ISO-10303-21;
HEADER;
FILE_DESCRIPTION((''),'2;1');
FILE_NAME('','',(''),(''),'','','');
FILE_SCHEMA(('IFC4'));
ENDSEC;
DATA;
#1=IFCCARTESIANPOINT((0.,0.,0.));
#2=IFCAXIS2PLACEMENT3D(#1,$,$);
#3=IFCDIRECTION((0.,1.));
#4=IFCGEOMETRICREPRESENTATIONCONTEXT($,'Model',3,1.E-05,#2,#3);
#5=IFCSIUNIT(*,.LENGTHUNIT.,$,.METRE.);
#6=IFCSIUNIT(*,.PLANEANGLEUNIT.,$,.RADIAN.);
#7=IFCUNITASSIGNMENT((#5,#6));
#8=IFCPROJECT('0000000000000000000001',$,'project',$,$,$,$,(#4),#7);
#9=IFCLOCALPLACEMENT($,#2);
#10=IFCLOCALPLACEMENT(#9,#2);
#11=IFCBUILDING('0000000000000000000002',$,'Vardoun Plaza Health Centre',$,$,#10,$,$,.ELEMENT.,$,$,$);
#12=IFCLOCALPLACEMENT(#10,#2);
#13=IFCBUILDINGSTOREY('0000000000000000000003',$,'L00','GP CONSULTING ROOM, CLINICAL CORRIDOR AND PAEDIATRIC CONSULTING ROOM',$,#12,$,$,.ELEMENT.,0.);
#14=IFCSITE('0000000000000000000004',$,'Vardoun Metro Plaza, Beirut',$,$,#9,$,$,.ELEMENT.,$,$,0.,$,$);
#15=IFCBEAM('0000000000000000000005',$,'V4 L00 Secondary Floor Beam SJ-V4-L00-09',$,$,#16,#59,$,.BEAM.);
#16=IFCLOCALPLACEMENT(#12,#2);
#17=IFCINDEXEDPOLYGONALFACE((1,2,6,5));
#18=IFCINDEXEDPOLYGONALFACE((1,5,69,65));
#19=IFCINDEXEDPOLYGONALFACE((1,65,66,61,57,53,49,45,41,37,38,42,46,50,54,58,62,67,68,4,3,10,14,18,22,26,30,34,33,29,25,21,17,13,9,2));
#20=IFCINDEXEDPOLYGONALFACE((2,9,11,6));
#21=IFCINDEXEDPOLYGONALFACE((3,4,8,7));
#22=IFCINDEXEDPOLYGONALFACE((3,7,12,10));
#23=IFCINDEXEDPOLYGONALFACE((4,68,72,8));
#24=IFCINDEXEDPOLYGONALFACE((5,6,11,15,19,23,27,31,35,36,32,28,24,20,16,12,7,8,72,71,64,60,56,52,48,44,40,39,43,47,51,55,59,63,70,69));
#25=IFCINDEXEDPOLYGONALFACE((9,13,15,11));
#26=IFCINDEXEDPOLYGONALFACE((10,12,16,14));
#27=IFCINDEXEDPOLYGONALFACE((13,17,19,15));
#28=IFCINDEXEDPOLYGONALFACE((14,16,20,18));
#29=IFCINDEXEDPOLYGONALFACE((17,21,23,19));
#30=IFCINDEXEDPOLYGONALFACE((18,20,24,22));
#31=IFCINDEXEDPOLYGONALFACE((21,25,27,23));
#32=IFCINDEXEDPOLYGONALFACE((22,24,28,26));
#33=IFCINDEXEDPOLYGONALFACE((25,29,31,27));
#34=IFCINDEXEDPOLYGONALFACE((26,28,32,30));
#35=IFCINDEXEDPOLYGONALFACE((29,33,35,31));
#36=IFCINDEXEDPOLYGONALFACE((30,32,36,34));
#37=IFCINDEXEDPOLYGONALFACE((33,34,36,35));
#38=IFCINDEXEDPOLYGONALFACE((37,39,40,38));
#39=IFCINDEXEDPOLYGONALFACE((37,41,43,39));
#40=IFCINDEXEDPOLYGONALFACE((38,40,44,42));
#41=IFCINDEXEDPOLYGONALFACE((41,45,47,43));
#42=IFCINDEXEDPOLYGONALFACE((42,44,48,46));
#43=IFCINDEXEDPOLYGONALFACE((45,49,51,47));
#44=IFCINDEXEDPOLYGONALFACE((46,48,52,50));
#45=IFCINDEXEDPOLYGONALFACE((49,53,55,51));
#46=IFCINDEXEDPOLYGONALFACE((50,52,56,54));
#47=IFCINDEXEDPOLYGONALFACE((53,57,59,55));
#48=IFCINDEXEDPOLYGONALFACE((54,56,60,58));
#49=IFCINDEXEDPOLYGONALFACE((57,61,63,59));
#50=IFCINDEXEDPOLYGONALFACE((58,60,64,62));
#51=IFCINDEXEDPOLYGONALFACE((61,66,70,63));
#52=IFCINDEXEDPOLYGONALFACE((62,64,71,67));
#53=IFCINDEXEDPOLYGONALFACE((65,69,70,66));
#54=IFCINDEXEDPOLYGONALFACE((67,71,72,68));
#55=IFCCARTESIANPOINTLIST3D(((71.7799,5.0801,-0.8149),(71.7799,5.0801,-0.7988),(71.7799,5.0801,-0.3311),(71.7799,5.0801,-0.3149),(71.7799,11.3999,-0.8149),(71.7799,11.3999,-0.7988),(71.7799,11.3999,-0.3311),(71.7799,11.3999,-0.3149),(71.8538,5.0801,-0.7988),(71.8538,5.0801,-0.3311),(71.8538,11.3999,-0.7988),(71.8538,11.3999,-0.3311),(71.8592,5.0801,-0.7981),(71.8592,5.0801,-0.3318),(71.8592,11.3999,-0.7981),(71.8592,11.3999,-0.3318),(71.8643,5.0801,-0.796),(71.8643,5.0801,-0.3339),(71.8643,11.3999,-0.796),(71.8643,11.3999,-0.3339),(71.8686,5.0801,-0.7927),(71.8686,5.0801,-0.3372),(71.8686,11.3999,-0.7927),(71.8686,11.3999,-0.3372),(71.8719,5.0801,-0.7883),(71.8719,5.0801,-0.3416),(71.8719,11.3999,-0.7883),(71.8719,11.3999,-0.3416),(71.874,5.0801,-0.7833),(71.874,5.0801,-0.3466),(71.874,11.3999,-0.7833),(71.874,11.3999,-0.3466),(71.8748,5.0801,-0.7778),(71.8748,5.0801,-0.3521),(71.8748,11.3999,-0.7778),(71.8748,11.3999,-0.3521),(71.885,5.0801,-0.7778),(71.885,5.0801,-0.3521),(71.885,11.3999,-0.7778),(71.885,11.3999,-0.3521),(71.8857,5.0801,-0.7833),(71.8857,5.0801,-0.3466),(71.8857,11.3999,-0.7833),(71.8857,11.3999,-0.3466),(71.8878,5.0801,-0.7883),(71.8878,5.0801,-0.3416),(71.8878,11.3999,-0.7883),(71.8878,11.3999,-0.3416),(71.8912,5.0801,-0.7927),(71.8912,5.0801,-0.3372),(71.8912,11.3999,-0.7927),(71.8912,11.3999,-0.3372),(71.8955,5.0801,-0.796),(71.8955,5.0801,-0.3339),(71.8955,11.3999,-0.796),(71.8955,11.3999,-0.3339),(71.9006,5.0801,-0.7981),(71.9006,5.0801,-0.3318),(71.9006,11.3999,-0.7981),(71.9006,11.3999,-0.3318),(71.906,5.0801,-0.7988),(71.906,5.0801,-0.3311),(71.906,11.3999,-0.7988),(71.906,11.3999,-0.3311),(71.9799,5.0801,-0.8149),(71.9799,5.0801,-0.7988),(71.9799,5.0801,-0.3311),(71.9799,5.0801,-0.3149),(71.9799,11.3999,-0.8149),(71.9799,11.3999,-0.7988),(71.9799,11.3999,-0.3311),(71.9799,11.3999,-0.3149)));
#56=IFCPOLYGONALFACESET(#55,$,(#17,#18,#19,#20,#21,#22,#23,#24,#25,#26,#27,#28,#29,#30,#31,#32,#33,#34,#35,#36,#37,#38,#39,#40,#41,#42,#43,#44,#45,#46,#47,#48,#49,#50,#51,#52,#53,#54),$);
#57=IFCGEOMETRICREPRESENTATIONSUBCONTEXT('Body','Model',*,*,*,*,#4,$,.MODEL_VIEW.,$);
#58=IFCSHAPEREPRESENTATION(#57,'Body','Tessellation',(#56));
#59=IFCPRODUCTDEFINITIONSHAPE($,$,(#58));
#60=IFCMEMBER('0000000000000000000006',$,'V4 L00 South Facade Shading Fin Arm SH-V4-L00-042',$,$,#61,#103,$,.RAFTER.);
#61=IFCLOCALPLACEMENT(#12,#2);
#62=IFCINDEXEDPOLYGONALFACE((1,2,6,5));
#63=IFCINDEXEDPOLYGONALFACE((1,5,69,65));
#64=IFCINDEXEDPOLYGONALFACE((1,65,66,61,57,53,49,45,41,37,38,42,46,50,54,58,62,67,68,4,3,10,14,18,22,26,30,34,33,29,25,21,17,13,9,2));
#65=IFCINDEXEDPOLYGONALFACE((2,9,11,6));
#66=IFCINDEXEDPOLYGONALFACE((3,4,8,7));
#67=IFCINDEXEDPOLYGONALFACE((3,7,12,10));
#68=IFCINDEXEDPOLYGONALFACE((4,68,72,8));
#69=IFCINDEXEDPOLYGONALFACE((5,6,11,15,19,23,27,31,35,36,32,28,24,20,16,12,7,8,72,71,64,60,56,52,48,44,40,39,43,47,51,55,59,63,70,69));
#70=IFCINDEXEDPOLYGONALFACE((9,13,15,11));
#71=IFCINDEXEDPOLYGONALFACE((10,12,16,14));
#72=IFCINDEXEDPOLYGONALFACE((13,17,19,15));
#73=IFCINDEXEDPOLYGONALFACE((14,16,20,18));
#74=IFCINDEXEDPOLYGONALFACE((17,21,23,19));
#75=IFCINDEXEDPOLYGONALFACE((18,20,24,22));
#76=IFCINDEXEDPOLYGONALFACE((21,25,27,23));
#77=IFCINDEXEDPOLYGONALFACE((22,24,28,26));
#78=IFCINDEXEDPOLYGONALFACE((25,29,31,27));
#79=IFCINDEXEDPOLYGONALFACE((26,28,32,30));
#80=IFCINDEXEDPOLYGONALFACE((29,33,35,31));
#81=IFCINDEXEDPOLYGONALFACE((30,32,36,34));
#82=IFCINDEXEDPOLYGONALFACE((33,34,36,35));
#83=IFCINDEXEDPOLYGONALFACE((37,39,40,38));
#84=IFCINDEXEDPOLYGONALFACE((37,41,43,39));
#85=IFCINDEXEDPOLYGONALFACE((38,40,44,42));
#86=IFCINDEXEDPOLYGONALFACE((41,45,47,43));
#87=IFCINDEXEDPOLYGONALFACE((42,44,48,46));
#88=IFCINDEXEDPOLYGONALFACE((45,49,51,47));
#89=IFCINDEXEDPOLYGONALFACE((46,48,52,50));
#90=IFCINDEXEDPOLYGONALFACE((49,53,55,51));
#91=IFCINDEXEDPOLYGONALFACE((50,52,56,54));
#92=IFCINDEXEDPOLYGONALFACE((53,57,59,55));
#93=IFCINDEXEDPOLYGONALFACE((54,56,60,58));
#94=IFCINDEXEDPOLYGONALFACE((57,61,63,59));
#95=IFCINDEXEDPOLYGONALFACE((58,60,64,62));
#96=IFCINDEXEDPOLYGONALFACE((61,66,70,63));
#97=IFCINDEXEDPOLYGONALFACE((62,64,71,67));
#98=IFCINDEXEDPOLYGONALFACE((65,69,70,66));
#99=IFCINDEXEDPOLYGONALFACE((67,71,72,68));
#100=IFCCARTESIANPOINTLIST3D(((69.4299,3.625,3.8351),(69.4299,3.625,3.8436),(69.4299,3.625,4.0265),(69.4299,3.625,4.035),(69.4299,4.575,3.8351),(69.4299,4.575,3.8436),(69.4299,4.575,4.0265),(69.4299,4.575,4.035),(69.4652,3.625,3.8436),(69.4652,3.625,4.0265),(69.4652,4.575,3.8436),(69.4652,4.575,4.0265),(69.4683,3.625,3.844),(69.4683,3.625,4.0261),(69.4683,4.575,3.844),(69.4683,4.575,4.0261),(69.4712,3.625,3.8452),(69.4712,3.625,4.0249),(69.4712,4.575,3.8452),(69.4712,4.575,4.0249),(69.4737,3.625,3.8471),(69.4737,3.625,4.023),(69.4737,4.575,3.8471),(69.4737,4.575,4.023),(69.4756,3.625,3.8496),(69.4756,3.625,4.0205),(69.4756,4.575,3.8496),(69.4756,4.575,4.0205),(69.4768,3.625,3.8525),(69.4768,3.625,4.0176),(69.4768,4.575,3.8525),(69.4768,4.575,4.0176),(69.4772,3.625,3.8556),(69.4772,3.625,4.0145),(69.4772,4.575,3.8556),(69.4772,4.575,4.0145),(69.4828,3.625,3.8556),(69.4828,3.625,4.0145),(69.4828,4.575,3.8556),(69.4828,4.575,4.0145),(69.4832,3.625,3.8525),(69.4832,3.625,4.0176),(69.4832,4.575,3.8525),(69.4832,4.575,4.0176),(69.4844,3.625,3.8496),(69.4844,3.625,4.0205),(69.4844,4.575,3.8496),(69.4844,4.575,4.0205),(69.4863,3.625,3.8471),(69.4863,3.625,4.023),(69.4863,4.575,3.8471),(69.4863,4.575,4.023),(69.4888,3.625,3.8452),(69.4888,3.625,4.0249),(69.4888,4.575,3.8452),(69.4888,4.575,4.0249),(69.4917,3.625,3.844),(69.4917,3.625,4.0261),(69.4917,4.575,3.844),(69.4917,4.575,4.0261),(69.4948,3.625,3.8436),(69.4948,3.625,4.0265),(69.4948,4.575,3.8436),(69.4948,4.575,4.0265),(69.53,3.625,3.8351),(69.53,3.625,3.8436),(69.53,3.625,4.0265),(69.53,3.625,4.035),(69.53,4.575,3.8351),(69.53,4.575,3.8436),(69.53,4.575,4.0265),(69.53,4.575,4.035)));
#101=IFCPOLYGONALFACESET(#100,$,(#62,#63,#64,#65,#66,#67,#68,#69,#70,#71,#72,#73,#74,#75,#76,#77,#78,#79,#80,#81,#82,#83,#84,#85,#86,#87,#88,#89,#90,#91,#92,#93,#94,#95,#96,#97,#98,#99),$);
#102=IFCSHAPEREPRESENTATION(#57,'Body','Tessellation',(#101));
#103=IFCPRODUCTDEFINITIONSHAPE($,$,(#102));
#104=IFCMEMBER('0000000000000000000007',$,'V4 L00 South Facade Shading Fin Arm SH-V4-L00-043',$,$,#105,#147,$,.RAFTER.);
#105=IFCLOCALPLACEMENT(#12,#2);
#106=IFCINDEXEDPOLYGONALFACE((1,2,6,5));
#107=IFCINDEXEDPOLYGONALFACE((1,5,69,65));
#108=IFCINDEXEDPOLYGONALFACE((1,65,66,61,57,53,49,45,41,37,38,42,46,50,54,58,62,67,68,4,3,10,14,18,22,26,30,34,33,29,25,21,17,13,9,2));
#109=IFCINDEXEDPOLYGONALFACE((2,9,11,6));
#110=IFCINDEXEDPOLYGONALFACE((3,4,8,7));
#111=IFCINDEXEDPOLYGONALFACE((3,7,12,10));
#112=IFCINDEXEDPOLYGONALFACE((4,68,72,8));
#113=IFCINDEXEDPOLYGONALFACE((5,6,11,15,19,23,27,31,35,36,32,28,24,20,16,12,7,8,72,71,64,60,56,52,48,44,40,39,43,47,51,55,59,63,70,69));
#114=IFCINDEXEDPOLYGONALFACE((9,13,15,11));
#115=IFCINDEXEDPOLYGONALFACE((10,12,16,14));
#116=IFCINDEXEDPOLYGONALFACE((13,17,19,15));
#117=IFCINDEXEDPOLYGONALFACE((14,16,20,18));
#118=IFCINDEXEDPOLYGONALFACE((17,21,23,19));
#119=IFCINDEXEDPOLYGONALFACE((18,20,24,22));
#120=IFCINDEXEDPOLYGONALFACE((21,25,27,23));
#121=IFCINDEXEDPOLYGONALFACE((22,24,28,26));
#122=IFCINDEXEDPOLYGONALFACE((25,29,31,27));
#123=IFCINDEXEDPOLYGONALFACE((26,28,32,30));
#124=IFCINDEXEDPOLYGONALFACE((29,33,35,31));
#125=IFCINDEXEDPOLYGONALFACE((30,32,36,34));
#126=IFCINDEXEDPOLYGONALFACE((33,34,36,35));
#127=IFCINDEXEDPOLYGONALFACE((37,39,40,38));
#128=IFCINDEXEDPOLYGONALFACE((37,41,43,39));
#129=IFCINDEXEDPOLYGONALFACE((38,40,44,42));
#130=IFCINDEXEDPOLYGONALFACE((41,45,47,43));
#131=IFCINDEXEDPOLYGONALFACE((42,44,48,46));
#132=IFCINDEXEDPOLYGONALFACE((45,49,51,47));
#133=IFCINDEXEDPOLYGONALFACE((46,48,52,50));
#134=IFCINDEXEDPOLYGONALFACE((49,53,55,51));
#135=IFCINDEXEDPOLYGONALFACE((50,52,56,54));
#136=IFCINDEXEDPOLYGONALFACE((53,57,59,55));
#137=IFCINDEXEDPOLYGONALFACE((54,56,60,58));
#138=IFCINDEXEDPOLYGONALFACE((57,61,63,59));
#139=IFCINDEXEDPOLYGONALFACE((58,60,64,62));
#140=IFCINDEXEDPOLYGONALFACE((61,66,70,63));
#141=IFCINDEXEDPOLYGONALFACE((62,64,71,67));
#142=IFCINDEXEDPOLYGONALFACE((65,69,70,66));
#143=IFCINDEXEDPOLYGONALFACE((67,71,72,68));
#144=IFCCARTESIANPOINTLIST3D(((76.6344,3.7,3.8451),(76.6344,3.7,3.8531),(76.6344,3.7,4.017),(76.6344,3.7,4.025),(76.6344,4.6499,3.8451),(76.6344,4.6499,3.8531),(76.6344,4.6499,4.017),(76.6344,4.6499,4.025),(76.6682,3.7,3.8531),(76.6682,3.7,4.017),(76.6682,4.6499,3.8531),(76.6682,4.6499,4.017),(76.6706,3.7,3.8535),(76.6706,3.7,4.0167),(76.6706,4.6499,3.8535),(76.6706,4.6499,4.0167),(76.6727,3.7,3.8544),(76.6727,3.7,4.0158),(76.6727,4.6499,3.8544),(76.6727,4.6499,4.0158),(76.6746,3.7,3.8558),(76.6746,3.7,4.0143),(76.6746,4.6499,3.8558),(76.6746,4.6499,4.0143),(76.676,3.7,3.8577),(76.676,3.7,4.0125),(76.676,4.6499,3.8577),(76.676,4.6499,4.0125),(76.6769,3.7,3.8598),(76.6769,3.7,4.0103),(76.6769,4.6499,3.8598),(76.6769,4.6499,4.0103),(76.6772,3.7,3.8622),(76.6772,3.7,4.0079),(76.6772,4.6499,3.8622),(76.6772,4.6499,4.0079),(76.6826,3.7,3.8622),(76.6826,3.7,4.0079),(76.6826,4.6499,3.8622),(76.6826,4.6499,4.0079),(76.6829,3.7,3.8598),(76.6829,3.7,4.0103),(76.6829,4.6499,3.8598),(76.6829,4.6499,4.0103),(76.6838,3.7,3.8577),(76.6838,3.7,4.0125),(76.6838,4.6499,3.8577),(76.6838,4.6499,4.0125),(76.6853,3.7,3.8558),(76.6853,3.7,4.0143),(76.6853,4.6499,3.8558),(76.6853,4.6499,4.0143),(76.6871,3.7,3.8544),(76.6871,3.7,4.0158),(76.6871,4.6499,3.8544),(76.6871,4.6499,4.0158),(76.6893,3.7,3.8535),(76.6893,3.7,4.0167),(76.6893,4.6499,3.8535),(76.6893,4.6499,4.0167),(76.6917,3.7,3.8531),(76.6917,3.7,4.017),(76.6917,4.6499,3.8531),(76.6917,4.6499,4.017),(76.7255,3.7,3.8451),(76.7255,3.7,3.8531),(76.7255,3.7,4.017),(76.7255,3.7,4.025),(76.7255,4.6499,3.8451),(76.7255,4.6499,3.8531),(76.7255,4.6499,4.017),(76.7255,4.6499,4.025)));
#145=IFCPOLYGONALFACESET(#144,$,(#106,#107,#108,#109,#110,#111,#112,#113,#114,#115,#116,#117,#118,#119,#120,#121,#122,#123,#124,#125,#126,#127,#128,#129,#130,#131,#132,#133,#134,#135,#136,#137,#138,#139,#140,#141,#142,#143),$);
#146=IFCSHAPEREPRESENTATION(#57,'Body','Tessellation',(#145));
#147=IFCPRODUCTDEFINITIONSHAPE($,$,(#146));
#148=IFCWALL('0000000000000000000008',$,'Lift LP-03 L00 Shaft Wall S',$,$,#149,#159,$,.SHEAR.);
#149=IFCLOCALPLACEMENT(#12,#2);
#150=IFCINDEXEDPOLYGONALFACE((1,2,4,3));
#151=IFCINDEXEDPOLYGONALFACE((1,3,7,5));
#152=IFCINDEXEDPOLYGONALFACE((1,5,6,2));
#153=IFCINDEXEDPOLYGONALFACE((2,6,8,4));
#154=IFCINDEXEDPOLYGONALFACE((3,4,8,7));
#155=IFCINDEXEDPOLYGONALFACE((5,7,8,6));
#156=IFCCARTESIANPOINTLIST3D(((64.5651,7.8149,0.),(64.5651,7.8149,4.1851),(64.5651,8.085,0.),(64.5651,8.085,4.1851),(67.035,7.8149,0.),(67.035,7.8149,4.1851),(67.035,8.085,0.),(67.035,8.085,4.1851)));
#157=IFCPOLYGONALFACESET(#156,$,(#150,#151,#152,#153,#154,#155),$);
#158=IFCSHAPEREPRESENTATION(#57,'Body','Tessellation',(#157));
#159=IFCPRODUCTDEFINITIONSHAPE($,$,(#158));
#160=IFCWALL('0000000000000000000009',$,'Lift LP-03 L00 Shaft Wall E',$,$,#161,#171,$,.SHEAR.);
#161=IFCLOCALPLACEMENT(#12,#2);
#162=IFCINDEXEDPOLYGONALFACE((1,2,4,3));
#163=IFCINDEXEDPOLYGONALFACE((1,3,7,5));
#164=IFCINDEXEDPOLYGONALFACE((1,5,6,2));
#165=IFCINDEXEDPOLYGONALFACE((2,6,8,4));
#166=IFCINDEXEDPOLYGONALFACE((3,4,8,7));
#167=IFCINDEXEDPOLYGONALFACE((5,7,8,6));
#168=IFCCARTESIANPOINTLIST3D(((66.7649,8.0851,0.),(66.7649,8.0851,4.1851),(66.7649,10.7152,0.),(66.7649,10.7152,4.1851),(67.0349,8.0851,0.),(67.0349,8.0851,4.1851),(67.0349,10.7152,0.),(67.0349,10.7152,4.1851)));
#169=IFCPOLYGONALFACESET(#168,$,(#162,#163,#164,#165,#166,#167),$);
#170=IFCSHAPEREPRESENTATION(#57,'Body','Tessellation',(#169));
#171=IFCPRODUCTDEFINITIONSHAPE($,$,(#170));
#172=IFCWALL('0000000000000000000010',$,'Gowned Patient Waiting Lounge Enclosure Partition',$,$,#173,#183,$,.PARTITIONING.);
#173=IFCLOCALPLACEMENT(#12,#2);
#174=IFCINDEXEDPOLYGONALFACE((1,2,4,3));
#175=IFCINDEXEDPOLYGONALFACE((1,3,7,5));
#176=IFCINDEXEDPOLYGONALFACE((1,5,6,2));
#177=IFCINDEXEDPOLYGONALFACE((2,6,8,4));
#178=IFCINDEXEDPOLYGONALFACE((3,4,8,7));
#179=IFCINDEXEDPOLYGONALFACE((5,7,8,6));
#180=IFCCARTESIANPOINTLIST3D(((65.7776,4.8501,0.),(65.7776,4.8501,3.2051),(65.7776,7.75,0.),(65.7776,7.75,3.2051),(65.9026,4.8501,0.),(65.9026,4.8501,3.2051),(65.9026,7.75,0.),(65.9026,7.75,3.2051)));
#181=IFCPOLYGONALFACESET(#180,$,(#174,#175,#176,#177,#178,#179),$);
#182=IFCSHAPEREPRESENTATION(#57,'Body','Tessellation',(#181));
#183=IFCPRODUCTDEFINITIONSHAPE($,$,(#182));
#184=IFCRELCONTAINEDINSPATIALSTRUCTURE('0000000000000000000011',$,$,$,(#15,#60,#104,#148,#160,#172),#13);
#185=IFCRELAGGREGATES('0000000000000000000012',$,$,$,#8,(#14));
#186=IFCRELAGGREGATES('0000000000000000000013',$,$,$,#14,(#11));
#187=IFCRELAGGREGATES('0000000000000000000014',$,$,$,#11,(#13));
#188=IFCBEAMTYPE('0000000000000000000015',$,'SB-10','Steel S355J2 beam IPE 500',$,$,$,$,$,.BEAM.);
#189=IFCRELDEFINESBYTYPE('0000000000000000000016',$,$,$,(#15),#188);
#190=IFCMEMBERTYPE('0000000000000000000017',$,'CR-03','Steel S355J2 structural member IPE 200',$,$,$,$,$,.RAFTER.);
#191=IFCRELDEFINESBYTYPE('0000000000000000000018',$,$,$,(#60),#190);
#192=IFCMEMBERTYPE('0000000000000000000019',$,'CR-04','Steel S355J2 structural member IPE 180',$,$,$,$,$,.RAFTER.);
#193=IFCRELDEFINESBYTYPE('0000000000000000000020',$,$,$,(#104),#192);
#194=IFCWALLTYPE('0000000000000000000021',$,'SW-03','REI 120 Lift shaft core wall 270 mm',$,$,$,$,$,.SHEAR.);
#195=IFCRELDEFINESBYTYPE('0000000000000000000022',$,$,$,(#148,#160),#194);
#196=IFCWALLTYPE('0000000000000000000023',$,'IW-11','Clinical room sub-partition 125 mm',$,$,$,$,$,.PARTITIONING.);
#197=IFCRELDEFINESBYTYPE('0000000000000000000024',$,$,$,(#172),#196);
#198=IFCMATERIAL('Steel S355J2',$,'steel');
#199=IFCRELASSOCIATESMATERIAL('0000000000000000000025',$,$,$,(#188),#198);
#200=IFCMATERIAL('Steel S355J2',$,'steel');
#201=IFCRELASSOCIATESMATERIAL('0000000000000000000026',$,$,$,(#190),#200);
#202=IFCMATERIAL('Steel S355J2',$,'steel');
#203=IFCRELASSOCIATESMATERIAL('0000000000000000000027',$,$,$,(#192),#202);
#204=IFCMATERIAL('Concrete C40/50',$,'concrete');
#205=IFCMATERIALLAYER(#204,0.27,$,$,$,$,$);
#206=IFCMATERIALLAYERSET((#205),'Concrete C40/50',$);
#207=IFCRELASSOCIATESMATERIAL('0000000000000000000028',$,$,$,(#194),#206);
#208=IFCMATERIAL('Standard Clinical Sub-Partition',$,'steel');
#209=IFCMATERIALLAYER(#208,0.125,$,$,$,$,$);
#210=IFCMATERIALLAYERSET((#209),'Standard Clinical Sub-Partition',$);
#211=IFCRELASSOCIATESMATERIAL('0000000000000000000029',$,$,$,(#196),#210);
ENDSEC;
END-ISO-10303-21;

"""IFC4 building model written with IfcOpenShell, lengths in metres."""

from ifc_helpers import new_model, si_unit, direction, frame, frame_2d, origin, origin_2d, place, context, subcontext, project, spatial, rectangle, i_section, extrude, material, layer, layer_set, material_profile, profile_set, type_object, element, save


model = new_model("IFC4")

# Units and contexts
model_context = context("Model", 3, precision=1e-05, world=origin(), true_north=direction((0.0, 1.0)))
body_context = subcontext(model_context, "Body", "Model", "MODEL_VIEW")
ifc_project = project(units=[si_unit("LENGTHUNIT", "METRE"), si_unit("PLANEANGLEUNIT", "RADIAN")], contexts=[model_context])

# Site, building, storey
site_placement = place(None, origin())
site = spatial("IfcSite", under=ifc_project, at=site_placement, Name="Vardoun Metro Plaza, Beirut", CompositionType="ELEMENT", RefElevation=0.0)
building_placement = place(site_placement, origin())
building = spatial("IfcBuilding", under=site, at=building_placement, Name="Vardoun Plaza Health Centre", CompositionType="ELEMENT")
storey_placement = place(building_placement, origin())
storey = spatial("IfcBuildingStorey", under=building, at=storey_placement, Name="L00", Description="GP CONSULTING ROOM, CLINICAL CORRIDOR AND PAEDIATRIC CONSULTING ROOM", CompositionType="ELEMENT", Elevation=0.0)

# Beam
ifc_material_1 = material(Name="Steel S355J2", Category="steel")
ifc_material_profile_1 = material_profile(ifc_material_1, i_section(OverallWidth=0.2, OverallDepth=0.5, WebThickness=0.0103, FlangeThickness=0.0161, FilletRadius=0.021, at=origin_2d()), Name="IPE 500")
ifc_profile_set_1 = profile_set([ifc_material_profile_1], Name="Steel S355J2")
beam_type_1 = type_object("IfcBeamType", Name="SB-10", Description="Steel S355J2 beam IPE 500", PredefinedType="BEAM", material=ifc_profile_set_1)
beam_1_placement = place(storey_placement, frame((71.8799, 5.0801, -0.5649), z_axis=(0.0, 1.0, 0.0), x_axis=(-1.0, 0.0, 0.0)))
element("IfcBeam", 1, at=beam_1_placement, inside=storey, type_object=beam_type_1, Name="V4 L00 Secondary Floor Beam SJ-V4-L00-09", PredefinedType="BEAM", context=body_context, shape_type="SweptSolid", body=[
    extrude(i_section(OverallWidth=0.2, OverallDepth=0.5, WebThickness=0.0103, FlangeThickness=0.0161, FilletRadius=0.021, at=origin_2d()), origin(), (0.0, 0.0, 1.0), 6.3198),
])

# Members
ifc_material_2 = material(Name="Steel S355J2", Category="steel")
ifc_material_profile_2 = material_profile(ifc_material_2, i_section(OverallWidth=0.1001, OverallDepth=0.2, WebThickness=0.0056, FlangeThickness=0.0085, FilletRadius=0.012, at=origin_2d()), Name="IPE 200")
ifc_profile_set_2 = profile_set([ifc_material_profile_2], Name="Steel S355J2")
member_type_1 = type_object("IfcMemberType", Name="CR-03", Description="Steel S355J2 structural member IPE 200", PredefinedType="RAFTER", material=ifc_profile_set_2)
member_1_placement = place(storey_placement, frame((69.48, 4.575, 3.9351), z_axis=(0.0, -1.0, 0.0), x_axis=(1.0, 0.0, 0.0)))
element("IfcMember", 2, at=member_1_placement, inside=storey, type_object=member_type_1, Name="V4 L00 South Facade Shading Fin Arm SH-V4-L00-042", PredefinedType="RAFTER", context=body_context, shape_type="SweptSolid", body=[
    extrude(i_section(OverallWidth=0.1001, OverallDepth=0.2, WebThickness=0.0056, FlangeThickness=0.0085, FilletRadius=0.012, at=origin_2d()), origin(), (0.0, 0.0, 1.0), 0.95),
])
ifc_material_3 = material(Name="Steel S355J2", Category="steel")
ifc_material_profile_3 = material_profile(ifc_material_3, i_section(OverallWidth=0.0911, OverallDepth=0.1799, WebThickness=0.0054, FlangeThickness=0.0081, FilletRadius=0.009, at=origin_2d()), Name="IPE 180")
ifc_profile_set_3 = profile_set([ifc_material_profile_3], Name="Steel S355J2")
member_type_2 = type_object("IfcMemberType", Name="CR-04", Description="Steel S355J2 structural member IPE 180", PredefinedType="RAFTER", material=ifc_profile_set_3)
member_2_placement = place(storey_placement, frame((76.6799, 4.6499, 3.9351), z_axis=(0.0, -1.0, 0.0), x_axis=(1.0, 0.0, 0.0)))
element("IfcMember", 3, at=member_2_placement, inside=storey, type_object=member_type_2, Name="V4 L00 South Facade Shading Fin Arm SH-V4-L00-043", PredefinedType="RAFTER", context=body_context, shape_type="SweptSolid", body=[
    extrude(i_section(OverallWidth=0.0911, OverallDepth=0.1799, WebThickness=0.0054, FlangeThickness=0.0081, FilletRadius=0.009, at=origin_2d()), origin(), (0.0, 0.0, 1.0), 0.95),
])

# Walls
ifc_material_4 = material(Name="Concrete C40/50", Category="concrete")
ifc_layer_1 = layer(ifc_material_4, 0.27)
ifc_layer_set_1 = layer_set([ifc_layer_1], Name="Concrete C40/50")
wall_type_1 = type_object("IfcWallType", Name="SW-03", Description="REI 120 Lift shaft core wall 270 mm", PredefinedType="SHEAR", material=ifc_layer_set_1)
wall_1_placement = place(storey_placement, frame((67.0349, 7.95, 0.0), z_axis=(0.0, 0.0, 1.0), x_axis=(-1.0, 0.0, 0.0)))
element("IfcWall", 4, at=wall_1_placement, inside=storey, type_object=wall_type_1, Name="Lift LP-03 L00 Shaft Wall S", PredefinedType="SHEAR", context=body_context, shape_type="SweptSolid", body=[
    extrude(rectangle(XDim=2.47, YDim=0.27, at=frame_2d((1.2349, 0.0))), origin(), (0.0, 0.0, 1.0), 4.1851),
])
wall_2_placement = place(storey_placement, frame((66.8999, 10.7151, 0.0), z_axis=(0.0, 0.0, 1.0), x_axis=(0.0, -1.0, 0.0)))
element("IfcWall", 5, at=wall_2_placement, inside=storey, type_object=wall_type_1, Name="Lift LP-03 L00 Shaft Wall E", PredefinedType="SHEAR", context=body_context, shape_type="SweptSolid", body=[
    extrude(rectangle(XDim=2.6301, YDim=0.27, at=frame_2d((1.3149, 0.0))), origin(), (0.0, 0.0, 1.0), 4.1851),
])

# Wall
ifc_material_5 = material(Name="Standard Clinical Sub-Partition", Category="steel")
ifc_layer_2 = layer(ifc_material_5, 0.125)
ifc_layer_set_2 = layer_set([ifc_layer_2], Name="Standard Clinical Sub-Partition")
wall_type_2 = type_object("IfcWallType", Name="IW-11", Description="Clinical room sub-partition 125 mm", PredefinedType="PARTITIONING", material=ifc_layer_set_2)
wall_3_placement = place(storey_placement, frame((65.8401, 4.8501, 0.0), z_axis=(0.0, 0.0, 1.0), x_axis=(0.0, 1.0, 0.0)))
element("IfcWall", 6, at=wall_3_placement, inside=storey, type_object=wall_type_2, Name="Gowned Patient Waiting Lounge Enclosure Partition", PredefinedType="PARTITIONING", context=body_context, shape_type="SweptSolid", body=[
    extrude(rectangle(XDim=2.8999, YDim=0.125, at=frame_2d((1.45, 0.0))), origin(), (0.0, 0.0, 1.0), 3.2051),
])

save(model, "model.ifc")
